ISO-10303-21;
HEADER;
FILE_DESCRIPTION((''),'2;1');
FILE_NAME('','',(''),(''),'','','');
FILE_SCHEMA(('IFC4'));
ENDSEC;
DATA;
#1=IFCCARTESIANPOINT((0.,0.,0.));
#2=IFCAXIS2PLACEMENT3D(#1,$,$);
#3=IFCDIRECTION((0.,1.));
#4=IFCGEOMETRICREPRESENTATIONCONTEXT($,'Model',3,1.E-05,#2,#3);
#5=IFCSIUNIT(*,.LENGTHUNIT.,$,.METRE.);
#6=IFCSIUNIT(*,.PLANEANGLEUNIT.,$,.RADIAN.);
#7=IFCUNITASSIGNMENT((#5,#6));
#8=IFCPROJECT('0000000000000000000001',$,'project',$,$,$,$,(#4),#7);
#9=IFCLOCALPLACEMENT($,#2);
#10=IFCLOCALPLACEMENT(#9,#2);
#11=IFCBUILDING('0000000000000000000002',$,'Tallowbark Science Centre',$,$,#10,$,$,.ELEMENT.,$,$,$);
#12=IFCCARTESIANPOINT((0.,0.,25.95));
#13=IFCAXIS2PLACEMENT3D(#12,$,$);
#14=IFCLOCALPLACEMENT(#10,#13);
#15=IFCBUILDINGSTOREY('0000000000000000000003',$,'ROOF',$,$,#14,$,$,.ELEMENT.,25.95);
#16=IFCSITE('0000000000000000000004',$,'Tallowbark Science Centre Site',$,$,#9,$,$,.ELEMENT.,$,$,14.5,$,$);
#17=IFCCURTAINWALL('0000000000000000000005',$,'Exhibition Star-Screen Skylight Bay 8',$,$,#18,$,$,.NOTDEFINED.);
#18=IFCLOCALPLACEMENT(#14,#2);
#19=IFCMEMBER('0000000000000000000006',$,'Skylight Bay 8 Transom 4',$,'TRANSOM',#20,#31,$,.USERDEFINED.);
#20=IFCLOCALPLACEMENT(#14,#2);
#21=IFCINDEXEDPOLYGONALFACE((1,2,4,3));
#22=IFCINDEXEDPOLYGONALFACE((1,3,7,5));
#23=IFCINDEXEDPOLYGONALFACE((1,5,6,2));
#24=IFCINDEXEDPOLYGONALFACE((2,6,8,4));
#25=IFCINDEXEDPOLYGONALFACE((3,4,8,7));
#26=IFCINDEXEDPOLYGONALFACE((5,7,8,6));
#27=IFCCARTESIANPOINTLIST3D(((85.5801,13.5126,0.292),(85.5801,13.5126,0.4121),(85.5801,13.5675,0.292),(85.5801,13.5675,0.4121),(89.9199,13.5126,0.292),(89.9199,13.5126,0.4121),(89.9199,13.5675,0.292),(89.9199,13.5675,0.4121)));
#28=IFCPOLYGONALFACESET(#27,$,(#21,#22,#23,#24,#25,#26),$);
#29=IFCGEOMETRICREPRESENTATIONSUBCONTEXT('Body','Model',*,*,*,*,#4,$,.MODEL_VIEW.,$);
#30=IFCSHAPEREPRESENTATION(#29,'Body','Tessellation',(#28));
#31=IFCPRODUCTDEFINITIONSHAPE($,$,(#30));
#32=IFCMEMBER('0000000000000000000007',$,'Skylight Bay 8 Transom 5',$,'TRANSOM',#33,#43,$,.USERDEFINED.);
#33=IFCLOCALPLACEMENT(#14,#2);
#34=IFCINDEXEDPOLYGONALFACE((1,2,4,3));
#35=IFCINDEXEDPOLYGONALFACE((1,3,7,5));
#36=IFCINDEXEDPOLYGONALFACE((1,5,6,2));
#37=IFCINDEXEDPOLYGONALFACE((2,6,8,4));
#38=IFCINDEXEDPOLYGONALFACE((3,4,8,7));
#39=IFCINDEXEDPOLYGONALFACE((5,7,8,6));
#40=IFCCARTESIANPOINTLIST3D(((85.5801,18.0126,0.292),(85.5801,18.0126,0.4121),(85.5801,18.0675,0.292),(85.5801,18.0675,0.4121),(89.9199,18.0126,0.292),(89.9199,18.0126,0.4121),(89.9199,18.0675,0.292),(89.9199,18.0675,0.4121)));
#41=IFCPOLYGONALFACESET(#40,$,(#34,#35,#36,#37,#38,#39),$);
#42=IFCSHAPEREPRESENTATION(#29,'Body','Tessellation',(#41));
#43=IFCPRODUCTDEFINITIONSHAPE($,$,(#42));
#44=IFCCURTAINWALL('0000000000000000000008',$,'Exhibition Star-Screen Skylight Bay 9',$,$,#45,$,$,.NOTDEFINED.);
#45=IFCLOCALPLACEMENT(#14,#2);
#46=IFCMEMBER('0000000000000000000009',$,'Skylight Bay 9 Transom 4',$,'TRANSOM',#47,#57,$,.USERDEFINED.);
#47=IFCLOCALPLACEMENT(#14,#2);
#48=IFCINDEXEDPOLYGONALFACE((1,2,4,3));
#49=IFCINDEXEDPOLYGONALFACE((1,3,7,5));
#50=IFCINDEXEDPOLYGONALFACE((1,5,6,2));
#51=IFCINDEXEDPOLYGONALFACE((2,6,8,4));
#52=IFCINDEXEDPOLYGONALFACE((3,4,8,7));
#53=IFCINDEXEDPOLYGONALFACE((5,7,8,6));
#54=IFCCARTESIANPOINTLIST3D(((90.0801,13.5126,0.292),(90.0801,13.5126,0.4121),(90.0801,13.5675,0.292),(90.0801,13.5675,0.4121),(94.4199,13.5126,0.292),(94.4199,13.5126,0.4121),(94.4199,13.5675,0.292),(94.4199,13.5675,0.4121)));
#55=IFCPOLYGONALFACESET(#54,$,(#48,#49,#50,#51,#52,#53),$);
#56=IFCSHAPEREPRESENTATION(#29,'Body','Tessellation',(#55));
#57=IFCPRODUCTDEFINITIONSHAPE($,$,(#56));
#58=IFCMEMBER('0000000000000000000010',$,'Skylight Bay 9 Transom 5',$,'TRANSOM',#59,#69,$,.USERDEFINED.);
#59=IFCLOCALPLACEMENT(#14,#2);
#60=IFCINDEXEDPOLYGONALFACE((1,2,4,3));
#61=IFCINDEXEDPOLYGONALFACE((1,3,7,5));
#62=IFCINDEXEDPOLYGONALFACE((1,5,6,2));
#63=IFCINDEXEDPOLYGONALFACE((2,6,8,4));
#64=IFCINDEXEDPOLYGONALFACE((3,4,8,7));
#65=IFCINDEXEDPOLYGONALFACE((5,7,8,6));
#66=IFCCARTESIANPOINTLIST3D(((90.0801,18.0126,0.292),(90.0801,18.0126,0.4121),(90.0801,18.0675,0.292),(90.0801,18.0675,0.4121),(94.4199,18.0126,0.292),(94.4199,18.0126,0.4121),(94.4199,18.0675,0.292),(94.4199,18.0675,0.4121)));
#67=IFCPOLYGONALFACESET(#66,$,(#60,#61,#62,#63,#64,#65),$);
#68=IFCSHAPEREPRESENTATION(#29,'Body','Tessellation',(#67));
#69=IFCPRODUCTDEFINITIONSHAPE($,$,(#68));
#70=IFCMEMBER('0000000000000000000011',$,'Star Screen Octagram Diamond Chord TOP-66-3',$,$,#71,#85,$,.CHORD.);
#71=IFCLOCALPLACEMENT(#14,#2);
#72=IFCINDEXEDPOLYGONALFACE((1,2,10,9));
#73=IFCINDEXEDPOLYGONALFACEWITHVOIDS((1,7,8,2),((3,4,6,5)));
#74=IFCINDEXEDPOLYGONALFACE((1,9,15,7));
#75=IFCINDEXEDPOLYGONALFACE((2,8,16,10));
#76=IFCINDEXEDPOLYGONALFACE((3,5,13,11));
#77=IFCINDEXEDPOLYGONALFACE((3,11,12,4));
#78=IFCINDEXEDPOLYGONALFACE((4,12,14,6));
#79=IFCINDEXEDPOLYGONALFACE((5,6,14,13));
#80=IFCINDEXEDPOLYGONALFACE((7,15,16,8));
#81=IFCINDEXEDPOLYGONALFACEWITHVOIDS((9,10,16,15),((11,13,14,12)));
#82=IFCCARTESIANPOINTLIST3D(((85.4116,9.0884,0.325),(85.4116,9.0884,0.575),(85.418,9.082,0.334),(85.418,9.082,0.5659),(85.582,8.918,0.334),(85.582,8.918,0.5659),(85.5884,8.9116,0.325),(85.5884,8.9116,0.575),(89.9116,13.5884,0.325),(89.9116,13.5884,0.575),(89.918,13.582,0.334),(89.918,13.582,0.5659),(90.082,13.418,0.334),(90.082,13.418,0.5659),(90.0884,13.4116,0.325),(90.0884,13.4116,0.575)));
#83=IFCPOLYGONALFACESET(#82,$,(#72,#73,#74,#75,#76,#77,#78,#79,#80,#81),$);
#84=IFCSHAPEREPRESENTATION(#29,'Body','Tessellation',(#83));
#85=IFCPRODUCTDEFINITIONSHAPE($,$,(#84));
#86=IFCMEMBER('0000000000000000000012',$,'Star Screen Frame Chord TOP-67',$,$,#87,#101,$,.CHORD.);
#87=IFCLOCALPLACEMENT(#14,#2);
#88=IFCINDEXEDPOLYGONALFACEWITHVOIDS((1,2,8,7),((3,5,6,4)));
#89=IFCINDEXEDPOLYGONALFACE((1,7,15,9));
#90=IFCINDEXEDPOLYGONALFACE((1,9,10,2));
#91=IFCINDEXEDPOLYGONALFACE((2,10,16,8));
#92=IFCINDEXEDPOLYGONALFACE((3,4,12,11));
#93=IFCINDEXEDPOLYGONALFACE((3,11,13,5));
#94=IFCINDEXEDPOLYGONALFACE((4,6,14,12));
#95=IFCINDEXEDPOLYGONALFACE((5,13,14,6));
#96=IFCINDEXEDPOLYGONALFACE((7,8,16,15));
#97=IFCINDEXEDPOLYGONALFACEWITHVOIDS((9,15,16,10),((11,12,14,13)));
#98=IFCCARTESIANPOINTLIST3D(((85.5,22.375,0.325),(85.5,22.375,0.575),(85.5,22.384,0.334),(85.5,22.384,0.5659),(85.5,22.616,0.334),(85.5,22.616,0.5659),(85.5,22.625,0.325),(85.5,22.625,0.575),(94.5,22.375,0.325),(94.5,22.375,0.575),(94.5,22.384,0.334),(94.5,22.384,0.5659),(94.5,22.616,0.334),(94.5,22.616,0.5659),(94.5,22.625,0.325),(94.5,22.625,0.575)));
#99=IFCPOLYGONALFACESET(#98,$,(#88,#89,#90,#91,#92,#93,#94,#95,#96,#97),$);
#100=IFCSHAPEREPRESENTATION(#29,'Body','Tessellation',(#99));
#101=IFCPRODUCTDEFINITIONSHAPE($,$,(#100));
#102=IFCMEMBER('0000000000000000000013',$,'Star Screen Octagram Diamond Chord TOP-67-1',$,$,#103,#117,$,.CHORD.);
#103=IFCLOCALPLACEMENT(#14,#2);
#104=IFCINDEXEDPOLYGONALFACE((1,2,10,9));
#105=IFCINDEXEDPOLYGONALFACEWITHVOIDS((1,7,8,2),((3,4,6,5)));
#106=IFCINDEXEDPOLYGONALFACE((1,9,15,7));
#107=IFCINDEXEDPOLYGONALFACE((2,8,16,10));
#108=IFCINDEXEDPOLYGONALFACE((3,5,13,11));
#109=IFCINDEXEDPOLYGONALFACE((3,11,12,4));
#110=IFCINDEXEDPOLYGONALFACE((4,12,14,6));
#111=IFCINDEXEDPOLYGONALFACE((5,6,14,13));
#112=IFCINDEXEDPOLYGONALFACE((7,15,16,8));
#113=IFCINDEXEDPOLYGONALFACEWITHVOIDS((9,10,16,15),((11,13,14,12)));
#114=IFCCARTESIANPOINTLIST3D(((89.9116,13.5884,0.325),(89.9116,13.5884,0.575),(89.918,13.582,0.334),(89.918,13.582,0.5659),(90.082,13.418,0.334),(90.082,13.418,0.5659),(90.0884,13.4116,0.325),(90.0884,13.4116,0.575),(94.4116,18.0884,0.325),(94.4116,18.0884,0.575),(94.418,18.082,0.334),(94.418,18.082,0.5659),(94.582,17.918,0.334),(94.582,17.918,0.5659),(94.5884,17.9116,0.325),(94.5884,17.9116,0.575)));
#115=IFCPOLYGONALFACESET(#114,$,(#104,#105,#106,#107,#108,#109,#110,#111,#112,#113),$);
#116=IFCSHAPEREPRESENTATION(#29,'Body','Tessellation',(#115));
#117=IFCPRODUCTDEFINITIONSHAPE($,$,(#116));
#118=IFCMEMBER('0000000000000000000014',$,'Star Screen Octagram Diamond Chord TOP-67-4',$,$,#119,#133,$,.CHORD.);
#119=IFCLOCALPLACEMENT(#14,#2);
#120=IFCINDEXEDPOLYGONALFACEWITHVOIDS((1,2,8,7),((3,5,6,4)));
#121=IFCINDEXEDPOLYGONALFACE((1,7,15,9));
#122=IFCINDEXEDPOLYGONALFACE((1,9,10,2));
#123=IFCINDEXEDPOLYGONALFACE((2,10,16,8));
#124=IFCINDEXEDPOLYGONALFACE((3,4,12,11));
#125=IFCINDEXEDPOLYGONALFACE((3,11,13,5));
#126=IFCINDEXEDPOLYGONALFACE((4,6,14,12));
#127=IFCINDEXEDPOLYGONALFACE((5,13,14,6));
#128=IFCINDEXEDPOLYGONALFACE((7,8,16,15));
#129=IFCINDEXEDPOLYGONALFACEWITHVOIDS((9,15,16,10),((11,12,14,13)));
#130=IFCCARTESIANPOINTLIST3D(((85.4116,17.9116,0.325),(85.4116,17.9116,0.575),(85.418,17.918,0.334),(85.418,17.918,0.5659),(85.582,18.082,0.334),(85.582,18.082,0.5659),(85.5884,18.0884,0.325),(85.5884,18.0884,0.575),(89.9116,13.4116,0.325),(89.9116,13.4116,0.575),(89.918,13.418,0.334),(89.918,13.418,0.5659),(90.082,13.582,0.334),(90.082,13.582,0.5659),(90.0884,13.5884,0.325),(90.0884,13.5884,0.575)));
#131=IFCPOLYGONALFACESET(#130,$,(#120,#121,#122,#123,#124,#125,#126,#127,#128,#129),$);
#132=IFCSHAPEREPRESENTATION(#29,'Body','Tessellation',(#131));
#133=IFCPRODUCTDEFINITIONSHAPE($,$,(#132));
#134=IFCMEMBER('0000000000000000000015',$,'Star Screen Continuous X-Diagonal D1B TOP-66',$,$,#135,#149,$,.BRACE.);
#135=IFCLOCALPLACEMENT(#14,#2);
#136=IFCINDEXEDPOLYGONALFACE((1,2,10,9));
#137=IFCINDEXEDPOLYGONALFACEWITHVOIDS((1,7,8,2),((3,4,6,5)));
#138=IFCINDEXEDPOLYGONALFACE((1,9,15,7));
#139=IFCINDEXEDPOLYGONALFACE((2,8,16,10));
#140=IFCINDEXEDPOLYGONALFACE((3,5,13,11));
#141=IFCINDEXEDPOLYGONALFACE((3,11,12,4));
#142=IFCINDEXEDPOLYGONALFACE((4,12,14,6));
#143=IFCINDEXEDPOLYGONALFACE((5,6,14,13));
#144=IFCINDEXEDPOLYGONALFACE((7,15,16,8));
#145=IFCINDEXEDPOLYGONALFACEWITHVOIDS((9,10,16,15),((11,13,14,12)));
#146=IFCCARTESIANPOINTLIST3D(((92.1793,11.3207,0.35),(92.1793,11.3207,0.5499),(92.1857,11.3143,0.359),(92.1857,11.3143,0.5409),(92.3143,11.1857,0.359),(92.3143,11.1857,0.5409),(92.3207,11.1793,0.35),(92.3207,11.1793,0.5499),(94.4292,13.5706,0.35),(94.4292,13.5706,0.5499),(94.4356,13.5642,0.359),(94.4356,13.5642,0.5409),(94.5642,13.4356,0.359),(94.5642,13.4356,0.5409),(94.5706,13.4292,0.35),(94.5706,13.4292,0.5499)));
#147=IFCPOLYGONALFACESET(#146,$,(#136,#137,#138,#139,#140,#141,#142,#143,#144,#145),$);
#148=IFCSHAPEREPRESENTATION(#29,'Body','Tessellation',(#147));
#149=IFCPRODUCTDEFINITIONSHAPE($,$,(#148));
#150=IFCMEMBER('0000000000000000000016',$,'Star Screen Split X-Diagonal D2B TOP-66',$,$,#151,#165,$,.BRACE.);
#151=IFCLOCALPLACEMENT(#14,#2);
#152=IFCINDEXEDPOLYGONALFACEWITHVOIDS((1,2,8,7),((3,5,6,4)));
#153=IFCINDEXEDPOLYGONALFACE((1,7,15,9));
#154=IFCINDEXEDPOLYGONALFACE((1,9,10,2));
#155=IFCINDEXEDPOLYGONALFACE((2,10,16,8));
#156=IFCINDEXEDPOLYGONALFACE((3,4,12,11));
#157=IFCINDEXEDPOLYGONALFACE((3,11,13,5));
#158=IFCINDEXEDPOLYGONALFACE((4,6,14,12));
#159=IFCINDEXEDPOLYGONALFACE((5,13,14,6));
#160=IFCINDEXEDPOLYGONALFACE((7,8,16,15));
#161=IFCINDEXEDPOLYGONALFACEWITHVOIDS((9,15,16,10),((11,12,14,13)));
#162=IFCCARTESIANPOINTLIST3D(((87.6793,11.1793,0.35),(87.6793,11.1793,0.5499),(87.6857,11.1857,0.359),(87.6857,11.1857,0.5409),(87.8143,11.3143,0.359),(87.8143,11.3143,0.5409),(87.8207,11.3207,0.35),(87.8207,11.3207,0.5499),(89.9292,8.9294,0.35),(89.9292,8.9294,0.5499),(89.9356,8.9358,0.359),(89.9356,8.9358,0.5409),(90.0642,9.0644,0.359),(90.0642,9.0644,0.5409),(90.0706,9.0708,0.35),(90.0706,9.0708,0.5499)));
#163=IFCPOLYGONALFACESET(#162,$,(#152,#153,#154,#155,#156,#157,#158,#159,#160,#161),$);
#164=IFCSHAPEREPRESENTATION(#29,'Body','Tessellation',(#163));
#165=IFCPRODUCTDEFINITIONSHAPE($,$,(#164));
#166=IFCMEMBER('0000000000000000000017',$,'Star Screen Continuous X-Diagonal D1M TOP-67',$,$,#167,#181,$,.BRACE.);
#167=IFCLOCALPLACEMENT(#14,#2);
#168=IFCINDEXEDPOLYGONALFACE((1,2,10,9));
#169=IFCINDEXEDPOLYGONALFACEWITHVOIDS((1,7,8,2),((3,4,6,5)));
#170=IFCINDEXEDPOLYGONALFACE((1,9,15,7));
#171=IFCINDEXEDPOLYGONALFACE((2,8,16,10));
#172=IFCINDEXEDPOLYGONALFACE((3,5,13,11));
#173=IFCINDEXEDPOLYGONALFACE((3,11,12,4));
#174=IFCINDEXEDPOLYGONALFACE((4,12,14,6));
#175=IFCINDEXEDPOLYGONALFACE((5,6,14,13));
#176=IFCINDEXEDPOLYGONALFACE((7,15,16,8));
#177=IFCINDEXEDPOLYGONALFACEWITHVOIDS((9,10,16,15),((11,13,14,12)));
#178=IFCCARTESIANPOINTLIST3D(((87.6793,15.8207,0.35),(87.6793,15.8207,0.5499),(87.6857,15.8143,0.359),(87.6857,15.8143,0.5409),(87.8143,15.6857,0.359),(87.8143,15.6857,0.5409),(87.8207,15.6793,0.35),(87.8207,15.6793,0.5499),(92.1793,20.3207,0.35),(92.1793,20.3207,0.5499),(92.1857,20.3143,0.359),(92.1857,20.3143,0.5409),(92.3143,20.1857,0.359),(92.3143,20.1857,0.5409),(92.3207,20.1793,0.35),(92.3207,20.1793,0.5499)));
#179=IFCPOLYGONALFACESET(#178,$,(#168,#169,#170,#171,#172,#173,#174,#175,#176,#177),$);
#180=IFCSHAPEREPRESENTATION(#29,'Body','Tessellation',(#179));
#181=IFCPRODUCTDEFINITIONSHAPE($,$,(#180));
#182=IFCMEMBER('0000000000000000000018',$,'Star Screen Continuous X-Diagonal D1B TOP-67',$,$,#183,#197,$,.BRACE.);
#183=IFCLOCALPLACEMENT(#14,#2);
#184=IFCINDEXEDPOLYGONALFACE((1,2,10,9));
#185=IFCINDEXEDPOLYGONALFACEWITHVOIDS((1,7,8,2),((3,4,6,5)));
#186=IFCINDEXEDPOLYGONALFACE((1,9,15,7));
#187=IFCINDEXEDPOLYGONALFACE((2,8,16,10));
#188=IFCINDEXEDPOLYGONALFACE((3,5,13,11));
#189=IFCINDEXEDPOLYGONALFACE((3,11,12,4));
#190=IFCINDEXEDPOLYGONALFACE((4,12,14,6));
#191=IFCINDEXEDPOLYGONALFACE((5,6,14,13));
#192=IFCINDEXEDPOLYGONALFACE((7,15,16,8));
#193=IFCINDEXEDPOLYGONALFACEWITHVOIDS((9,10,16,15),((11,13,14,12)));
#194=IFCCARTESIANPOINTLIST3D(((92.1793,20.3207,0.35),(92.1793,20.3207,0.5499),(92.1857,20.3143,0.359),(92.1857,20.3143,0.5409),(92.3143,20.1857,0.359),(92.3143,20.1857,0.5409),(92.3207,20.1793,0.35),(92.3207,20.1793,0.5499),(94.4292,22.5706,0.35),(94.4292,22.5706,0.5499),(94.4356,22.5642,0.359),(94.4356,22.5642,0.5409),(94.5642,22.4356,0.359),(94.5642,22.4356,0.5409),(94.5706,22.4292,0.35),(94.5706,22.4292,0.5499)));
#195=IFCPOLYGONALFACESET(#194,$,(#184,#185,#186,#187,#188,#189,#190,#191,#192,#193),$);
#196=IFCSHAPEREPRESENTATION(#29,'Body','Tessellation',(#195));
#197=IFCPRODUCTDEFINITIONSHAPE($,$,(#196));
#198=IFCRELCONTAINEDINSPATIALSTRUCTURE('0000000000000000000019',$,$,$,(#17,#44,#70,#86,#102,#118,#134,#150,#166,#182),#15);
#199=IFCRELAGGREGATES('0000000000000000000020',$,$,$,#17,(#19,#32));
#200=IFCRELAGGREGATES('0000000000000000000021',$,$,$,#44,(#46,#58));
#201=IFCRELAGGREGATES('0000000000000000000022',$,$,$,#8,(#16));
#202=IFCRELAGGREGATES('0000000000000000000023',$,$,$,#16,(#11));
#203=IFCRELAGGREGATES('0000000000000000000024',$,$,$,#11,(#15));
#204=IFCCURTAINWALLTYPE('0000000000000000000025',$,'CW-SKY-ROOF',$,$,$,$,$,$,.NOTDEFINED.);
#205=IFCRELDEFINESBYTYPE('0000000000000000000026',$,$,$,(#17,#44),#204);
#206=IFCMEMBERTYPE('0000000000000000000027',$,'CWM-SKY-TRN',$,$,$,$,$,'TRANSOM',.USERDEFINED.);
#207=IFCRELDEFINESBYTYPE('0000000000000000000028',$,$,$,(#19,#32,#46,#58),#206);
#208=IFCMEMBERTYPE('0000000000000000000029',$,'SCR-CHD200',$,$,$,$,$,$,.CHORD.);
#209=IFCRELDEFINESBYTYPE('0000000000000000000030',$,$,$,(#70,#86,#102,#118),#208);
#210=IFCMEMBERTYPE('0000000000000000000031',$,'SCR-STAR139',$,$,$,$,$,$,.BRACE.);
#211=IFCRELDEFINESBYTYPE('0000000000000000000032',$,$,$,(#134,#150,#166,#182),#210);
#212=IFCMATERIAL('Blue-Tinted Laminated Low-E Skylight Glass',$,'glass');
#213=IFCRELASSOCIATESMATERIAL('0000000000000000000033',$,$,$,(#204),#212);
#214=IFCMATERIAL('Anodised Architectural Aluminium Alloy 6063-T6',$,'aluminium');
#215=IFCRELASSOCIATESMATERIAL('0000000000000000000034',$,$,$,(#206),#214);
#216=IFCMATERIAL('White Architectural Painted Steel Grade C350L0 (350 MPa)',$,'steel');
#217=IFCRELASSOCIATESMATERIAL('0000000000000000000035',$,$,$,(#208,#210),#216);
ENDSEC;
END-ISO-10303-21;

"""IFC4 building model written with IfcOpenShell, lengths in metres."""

from ifc_helpers import new_model, si_unit, direction, frame, origin, origin_2d, place, context, subcontext, project, spatial, rectangle, hollow_rectangle, extrude, material, material_profile, profile_set, type_object, element, aggregate, save


model = new_model("IFC4")

# Units and contexts
model_context = context("Model", 3, precision=1e-05, world=origin(), true_north=direction((0.0, 1.0)))
body_context = subcontext(model_context, "Body", "Model", "MODEL_VIEW")
ifc_project = project(units=[si_unit("LENGTHUNIT", "METRE"), si_unit("PLANEANGLEUNIT", "RADIAN")], contexts=[model_context])

# Site, building, storey
site_placement = place(None, origin())
site = spatial("IfcSite", under=ifc_project, at=site_placement, Name="Tallowbark Science Centre Site", CompositionType="ELEMENT", RefElevation=14.5)
building_placement = place(site_placement, origin())
building = spatial("IfcBuilding", under=site, at=building_placement, Name="Tallowbark Science Centre", CompositionType="ELEMENT")
storey_placement = place(building_placement, frame((0.0, 0.0, 25.95)))
storey = spatial("IfcBuildingStorey", under=building, at=storey_placement, Name="ROOF", CompositionType="ELEMENT", Elevation=25.95)

# Curtain walls, members
ifc_material_1 = material(Name="Blue-Tinted Laminated Low-E Skylight Glass", Category="glass")
curtain_wall_type = type_object("IfcCurtainWallType", Name="CW-SKY-ROOF", PredefinedType="NOTDEFINED", material=ifc_material_1)
curtain_wall_1_placement = place(storey_placement, origin())
curtain_wall_1 = element("IfcCurtainWall", 1, at=curtain_wall_1_placement, inside=storey, type_object=curtain_wall_type, Name="Exhibition Star-Screen Skylight Bay 8", PredefinedType="NOTDEFINED")
ifc_material_2 = material(Name="Anodised Architectural Aluminium Alloy 6063-T6", Category="aluminium")
ifc_material_profile_1 = material_profile(ifc_material_2, rectangle(XDim=0.0549, YDim=0.1201, at=origin_2d()), Name="ALU55x120")
ifc_profile_set_1 = profile_set([ifc_material_profile_1], Name="Anodised Architectural Aluminium Alloy 6063-T6")
member_type_1 = type_object("IfcMemberType", Name="CWM-SKY-TRN", ElementType="TRANSOM", PredefinedType="USERDEFINED", material=ifc_profile_set_1)
member_1_placement = place(storey_placement, frame((85.5801, 13.54, 0.3521), z_axis=(1.0, 0.0, 0.0), x_axis=(0.0, 1.0, 0.0)))
member_1 = element("IfcMember", 2, at=member_1_placement, type_object=member_type_1, Name="Skylight Bay 8 Transom 4", ObjectType="TRANSOM", PredefinedType="USERDEFINED", context=body_context, shape_type="SweptSolid", body=[
    extrude(rectangle(XDim=0.0549, YDim=0.1201, at=origin_2d()), origin(), (0.0, 0.0, 1.0), 4.3398),
])
member_2_placement = place(storey_placement, frame((85.5801, 18.04, 0.3521), z_axis=(1.0, 0.0, 0.0), x_axis=(0.0, 1.0, 0.0)))
member_2 = element("IfcMember", 3, at=member_2_placement, type_object=member_type_1, Name="Skylight Bay 8 Transom 5", ObjectType="TRANSOM", PredefinedType="USERDEFINED", context=body_context, shape_type="SweptSolid", body=[
    extrude(rectangle(XDim=0.0549, YDim=0.1201, at=origin_2d()), origin(), (0.0, 0.0, 1.0), 4.3398),
])
curtain_wall_2_placement = place(storey_placement, origin())
curtain_wall_2 = element("IfcCurtainWall", 4, at=curtain_wall_2_placement, inside=storey, type_object=curtain_wall_type, Name="Exhibition Star-Screen Skylight Bay 9", PredefinedType="NOTDEFINED")
member_3_placement = place(storey_placement, frame((90.0801, 13.54, 0.3521), z_axis=(1.0, 0.0, 0.0), x_axis=(0.0, 1.0, 0.0)))
member_3 = element("IfcMember", 5, at=member_3_placement, type_object=member_type_1, Name="Skylight Bay 9 Transom 4", ObjectType="TRANSOM", PredefinedType="USERDEFINED", context=body_context, shape_type="SweptSolid", body=[
    extrude(rectangle(XDim=0.0549, YDim=0.1201, at=origin_2d()), origin(), (0.0, 0.0, 1.0), 4.3398),
])
member_4_placement = place(storey_placement, frame((90.0801, 18.04, 0.3521), z_axis=(1.0, 0.0, 0.0), x_axis=(0.0, 1.0, 0.0)))
member_4 = element("IfcMember", 6, at=member_4_placement, type_object=member_type_1, Name="Skylight Bay 9 Transom 5", ObjectType="TRANSOM", PredefinedType="USERDEFINED", context=body_context, shape_type="SweptSolid", body=[
    extrude(rectangle(XDim=0.0549, YDim=0.1201, at=origin_2d()), origin(), (0.0, 0.0, 1.0), 4.3398),
])

# Members
ifc_material_3 = material(Name="White Architectural Painted Steel Grade C350L0 (350 MPa)", Category="steel")
ifc_material_profile_2 = material_profile(ifc_material_3, hollow_rectangle(XDim=0.25, YDim=0.25, WallThickness=0.009, at=origin_2d()), Name="250x250x9.0SHS")
ifc_profile_set_2 = profile_set([ifc_material_profile_2], Name="White Architectural Painted Steel Grade C350L0 (350 MPa)")
member_type_2 = type_object("IfcMemberType", Name="SCR-CHD200", PredefinedType="CHORD", material=ifc_profile_set_2)
member_5_placement = place(storey_placement, frame((90.0, 13.5, 0.45), z_axis=(-0.707107, -0.707107, 0.0), x_axis=(0.707107, -0.707107, 0.0)))
element("IfcMember", 7, at=member_5_placement, inside=storey, type_object=member_type_2, Name="Star Screen Octagram Diamond Chord TOP-66-3", PredefinedType="CHORD", context=body_context, shape_type="SweptSolid", body=[
    extrude(hollow_rectangle(XDim=0.25, YDim=0.25, WallThickness=0.009, at=origin_2d()), origin(), (0.0, 0.0, 1.0), 6.364),
])
member_6_placement = place(storey_placement, frame((85.5, 22.5, 0.45), z_axis=(1.0, 0.0, 0.0), x_axis=(0.0, 1.0, 0.0)))
element("IfcMember", 8, at=member_6_placement, inside=storey, type_object=member_type_2, Name="Star Screen Frame Chord TOP-67", PredefinedType="CHORD", context=body_context, shape_type="SweptSolid", body=[
    extrude(hollow_rectangle(XDim=0.25, YDim=0.25, WallThickness=0.009, at=origin_2d()), origin(), (0.0, 0.0, 1.0), 9.0),
])
for number, where, z_axis, x_axis, name in (
    (9, (90.0, 13.5, 0.45), (0.707107, 0.707107, 0.0), (-0.707107, 0.707107, 0.0), "Star Screen Octagram Diamond Chord TOP-67-1"),
    (10, (85.5, 18.0, 0.45), (0.707107, -0.707107, 0.0), (0.707107, 0.707107, 0.0), "Star Screen Octagram Diamond Chord TOP-67-4"),
):
    element("IfcMember", number, at=place(storey_placement, frame(where, z_axis=z_axis, x_axis=x_axis)), inside=storey, type_object=member_type_2, Name=name, PredefinedType="CHORD", context=body_context, shape_type="SweptSolid", body=[
        extrude(hollow_rectangle(XDim=0.25, YDim=0.25, WallThickness=0.009, at=origin_2d()), origin(), (0.0, 0.0, 1.0), 6.364),
    ])
ifc_material_profile_3 = material_profile(ifc_material_3, hollow_rectangle(XDim=0.2, YDim=0.2, WallThickness=0.009, at=origin_2d()), Name="200x200x9.0SHS")
ifc_profile_set_3 = profile_set([ifc_material_profile_3], Name="White Architectural Painted Steel Grade C350L0 (350 MPa)")
member_type_3 = type_object("IfcMemberType", Name="SCR-STAR139", PredefinedType="BRACE", material=ifc_profile_set_3)
for number, where, z_axis, x_axis, name in (
    (11, (92.25, 11.25, 0.45), (0.707107, 0.707107, 0.0), (-0.707107, 0.707107, 0.0), "Star Screen Continuous X-Diagonal D1B TOP-66"),
    (12, (87.75, 11.25, 0.45), (0.707107, -0.707107, 0.0), (0.707107, 0.707107, 0.0), "Star Screen Split X-Diagonal D2B TOP-66"),
):
    element("IfcMember", number, at=place(storey_placement, frame(where, z_axis=z_axis, x_axis=x_axis)), inside=storey, type_object=member_type_3, Name=name, PredefinedType="BRACE", context=body_context, shape_type="SweptSolid", body=[
        extrude(hollow_rectangle(XDim=0.2, YDim=0.2, WallThickness=0.009, at=origin_2d()), origin(), (0.0, 0.0, 1.0), 3.1819),
    ])
member_7_placement = place(storey_placement, frame((87.75, 15.75, 0.45), z_axis=(0.707107, 0.707107, 0.0), x_axis=(-0.707107, 0.707107, 0.0)))
element("IfcMember", 13, at=member_7_placement, inside=storey, type_object=member_type_3, Name="Star Screen Continuous X-Diagonal D1M TOP-67", PredefinedType="BRACE", context=body_context, shape_type="SweptSolid", body=[
    extrude(hollow_rectangle(XDim=0.2, YDim=0.2, WallThickness=0.009, at=origin_2d()), origin(), (0.0, 0.0, 1.0), 6.364),
])
for number, where, z_axis, x_axis, name in (
    (14, (92.25, 20.25, 0.45), (0.707107, 0.707107, 0.0), (-0.707107, 0.707107, 0.0), "Star Screen Continuous X-Diagonal D1B TOP-67"),
):
    element("IfcMember", number, at=place(storey_placement, frame(where, z_axis=z_axis, x_axis=x_axis)), inside=storey, type_object=member_type_3, Name=name, PredefinedType="BRACE", context=body_context, shape_type="SweptSolid", body=[
        extrude(hollow_rectangle(XDim=0.2, YDim=0.2, WallThickness=0.009, at=origin_2d()), origin(), (0.0, 0.0, 1.0), 3.1819),
    ])

aggregate(curtain_wall_1, [member_1, member_2])
aggregate(curtain_wall_2, [member_3, member_4])

save(model, "model.ifc")
